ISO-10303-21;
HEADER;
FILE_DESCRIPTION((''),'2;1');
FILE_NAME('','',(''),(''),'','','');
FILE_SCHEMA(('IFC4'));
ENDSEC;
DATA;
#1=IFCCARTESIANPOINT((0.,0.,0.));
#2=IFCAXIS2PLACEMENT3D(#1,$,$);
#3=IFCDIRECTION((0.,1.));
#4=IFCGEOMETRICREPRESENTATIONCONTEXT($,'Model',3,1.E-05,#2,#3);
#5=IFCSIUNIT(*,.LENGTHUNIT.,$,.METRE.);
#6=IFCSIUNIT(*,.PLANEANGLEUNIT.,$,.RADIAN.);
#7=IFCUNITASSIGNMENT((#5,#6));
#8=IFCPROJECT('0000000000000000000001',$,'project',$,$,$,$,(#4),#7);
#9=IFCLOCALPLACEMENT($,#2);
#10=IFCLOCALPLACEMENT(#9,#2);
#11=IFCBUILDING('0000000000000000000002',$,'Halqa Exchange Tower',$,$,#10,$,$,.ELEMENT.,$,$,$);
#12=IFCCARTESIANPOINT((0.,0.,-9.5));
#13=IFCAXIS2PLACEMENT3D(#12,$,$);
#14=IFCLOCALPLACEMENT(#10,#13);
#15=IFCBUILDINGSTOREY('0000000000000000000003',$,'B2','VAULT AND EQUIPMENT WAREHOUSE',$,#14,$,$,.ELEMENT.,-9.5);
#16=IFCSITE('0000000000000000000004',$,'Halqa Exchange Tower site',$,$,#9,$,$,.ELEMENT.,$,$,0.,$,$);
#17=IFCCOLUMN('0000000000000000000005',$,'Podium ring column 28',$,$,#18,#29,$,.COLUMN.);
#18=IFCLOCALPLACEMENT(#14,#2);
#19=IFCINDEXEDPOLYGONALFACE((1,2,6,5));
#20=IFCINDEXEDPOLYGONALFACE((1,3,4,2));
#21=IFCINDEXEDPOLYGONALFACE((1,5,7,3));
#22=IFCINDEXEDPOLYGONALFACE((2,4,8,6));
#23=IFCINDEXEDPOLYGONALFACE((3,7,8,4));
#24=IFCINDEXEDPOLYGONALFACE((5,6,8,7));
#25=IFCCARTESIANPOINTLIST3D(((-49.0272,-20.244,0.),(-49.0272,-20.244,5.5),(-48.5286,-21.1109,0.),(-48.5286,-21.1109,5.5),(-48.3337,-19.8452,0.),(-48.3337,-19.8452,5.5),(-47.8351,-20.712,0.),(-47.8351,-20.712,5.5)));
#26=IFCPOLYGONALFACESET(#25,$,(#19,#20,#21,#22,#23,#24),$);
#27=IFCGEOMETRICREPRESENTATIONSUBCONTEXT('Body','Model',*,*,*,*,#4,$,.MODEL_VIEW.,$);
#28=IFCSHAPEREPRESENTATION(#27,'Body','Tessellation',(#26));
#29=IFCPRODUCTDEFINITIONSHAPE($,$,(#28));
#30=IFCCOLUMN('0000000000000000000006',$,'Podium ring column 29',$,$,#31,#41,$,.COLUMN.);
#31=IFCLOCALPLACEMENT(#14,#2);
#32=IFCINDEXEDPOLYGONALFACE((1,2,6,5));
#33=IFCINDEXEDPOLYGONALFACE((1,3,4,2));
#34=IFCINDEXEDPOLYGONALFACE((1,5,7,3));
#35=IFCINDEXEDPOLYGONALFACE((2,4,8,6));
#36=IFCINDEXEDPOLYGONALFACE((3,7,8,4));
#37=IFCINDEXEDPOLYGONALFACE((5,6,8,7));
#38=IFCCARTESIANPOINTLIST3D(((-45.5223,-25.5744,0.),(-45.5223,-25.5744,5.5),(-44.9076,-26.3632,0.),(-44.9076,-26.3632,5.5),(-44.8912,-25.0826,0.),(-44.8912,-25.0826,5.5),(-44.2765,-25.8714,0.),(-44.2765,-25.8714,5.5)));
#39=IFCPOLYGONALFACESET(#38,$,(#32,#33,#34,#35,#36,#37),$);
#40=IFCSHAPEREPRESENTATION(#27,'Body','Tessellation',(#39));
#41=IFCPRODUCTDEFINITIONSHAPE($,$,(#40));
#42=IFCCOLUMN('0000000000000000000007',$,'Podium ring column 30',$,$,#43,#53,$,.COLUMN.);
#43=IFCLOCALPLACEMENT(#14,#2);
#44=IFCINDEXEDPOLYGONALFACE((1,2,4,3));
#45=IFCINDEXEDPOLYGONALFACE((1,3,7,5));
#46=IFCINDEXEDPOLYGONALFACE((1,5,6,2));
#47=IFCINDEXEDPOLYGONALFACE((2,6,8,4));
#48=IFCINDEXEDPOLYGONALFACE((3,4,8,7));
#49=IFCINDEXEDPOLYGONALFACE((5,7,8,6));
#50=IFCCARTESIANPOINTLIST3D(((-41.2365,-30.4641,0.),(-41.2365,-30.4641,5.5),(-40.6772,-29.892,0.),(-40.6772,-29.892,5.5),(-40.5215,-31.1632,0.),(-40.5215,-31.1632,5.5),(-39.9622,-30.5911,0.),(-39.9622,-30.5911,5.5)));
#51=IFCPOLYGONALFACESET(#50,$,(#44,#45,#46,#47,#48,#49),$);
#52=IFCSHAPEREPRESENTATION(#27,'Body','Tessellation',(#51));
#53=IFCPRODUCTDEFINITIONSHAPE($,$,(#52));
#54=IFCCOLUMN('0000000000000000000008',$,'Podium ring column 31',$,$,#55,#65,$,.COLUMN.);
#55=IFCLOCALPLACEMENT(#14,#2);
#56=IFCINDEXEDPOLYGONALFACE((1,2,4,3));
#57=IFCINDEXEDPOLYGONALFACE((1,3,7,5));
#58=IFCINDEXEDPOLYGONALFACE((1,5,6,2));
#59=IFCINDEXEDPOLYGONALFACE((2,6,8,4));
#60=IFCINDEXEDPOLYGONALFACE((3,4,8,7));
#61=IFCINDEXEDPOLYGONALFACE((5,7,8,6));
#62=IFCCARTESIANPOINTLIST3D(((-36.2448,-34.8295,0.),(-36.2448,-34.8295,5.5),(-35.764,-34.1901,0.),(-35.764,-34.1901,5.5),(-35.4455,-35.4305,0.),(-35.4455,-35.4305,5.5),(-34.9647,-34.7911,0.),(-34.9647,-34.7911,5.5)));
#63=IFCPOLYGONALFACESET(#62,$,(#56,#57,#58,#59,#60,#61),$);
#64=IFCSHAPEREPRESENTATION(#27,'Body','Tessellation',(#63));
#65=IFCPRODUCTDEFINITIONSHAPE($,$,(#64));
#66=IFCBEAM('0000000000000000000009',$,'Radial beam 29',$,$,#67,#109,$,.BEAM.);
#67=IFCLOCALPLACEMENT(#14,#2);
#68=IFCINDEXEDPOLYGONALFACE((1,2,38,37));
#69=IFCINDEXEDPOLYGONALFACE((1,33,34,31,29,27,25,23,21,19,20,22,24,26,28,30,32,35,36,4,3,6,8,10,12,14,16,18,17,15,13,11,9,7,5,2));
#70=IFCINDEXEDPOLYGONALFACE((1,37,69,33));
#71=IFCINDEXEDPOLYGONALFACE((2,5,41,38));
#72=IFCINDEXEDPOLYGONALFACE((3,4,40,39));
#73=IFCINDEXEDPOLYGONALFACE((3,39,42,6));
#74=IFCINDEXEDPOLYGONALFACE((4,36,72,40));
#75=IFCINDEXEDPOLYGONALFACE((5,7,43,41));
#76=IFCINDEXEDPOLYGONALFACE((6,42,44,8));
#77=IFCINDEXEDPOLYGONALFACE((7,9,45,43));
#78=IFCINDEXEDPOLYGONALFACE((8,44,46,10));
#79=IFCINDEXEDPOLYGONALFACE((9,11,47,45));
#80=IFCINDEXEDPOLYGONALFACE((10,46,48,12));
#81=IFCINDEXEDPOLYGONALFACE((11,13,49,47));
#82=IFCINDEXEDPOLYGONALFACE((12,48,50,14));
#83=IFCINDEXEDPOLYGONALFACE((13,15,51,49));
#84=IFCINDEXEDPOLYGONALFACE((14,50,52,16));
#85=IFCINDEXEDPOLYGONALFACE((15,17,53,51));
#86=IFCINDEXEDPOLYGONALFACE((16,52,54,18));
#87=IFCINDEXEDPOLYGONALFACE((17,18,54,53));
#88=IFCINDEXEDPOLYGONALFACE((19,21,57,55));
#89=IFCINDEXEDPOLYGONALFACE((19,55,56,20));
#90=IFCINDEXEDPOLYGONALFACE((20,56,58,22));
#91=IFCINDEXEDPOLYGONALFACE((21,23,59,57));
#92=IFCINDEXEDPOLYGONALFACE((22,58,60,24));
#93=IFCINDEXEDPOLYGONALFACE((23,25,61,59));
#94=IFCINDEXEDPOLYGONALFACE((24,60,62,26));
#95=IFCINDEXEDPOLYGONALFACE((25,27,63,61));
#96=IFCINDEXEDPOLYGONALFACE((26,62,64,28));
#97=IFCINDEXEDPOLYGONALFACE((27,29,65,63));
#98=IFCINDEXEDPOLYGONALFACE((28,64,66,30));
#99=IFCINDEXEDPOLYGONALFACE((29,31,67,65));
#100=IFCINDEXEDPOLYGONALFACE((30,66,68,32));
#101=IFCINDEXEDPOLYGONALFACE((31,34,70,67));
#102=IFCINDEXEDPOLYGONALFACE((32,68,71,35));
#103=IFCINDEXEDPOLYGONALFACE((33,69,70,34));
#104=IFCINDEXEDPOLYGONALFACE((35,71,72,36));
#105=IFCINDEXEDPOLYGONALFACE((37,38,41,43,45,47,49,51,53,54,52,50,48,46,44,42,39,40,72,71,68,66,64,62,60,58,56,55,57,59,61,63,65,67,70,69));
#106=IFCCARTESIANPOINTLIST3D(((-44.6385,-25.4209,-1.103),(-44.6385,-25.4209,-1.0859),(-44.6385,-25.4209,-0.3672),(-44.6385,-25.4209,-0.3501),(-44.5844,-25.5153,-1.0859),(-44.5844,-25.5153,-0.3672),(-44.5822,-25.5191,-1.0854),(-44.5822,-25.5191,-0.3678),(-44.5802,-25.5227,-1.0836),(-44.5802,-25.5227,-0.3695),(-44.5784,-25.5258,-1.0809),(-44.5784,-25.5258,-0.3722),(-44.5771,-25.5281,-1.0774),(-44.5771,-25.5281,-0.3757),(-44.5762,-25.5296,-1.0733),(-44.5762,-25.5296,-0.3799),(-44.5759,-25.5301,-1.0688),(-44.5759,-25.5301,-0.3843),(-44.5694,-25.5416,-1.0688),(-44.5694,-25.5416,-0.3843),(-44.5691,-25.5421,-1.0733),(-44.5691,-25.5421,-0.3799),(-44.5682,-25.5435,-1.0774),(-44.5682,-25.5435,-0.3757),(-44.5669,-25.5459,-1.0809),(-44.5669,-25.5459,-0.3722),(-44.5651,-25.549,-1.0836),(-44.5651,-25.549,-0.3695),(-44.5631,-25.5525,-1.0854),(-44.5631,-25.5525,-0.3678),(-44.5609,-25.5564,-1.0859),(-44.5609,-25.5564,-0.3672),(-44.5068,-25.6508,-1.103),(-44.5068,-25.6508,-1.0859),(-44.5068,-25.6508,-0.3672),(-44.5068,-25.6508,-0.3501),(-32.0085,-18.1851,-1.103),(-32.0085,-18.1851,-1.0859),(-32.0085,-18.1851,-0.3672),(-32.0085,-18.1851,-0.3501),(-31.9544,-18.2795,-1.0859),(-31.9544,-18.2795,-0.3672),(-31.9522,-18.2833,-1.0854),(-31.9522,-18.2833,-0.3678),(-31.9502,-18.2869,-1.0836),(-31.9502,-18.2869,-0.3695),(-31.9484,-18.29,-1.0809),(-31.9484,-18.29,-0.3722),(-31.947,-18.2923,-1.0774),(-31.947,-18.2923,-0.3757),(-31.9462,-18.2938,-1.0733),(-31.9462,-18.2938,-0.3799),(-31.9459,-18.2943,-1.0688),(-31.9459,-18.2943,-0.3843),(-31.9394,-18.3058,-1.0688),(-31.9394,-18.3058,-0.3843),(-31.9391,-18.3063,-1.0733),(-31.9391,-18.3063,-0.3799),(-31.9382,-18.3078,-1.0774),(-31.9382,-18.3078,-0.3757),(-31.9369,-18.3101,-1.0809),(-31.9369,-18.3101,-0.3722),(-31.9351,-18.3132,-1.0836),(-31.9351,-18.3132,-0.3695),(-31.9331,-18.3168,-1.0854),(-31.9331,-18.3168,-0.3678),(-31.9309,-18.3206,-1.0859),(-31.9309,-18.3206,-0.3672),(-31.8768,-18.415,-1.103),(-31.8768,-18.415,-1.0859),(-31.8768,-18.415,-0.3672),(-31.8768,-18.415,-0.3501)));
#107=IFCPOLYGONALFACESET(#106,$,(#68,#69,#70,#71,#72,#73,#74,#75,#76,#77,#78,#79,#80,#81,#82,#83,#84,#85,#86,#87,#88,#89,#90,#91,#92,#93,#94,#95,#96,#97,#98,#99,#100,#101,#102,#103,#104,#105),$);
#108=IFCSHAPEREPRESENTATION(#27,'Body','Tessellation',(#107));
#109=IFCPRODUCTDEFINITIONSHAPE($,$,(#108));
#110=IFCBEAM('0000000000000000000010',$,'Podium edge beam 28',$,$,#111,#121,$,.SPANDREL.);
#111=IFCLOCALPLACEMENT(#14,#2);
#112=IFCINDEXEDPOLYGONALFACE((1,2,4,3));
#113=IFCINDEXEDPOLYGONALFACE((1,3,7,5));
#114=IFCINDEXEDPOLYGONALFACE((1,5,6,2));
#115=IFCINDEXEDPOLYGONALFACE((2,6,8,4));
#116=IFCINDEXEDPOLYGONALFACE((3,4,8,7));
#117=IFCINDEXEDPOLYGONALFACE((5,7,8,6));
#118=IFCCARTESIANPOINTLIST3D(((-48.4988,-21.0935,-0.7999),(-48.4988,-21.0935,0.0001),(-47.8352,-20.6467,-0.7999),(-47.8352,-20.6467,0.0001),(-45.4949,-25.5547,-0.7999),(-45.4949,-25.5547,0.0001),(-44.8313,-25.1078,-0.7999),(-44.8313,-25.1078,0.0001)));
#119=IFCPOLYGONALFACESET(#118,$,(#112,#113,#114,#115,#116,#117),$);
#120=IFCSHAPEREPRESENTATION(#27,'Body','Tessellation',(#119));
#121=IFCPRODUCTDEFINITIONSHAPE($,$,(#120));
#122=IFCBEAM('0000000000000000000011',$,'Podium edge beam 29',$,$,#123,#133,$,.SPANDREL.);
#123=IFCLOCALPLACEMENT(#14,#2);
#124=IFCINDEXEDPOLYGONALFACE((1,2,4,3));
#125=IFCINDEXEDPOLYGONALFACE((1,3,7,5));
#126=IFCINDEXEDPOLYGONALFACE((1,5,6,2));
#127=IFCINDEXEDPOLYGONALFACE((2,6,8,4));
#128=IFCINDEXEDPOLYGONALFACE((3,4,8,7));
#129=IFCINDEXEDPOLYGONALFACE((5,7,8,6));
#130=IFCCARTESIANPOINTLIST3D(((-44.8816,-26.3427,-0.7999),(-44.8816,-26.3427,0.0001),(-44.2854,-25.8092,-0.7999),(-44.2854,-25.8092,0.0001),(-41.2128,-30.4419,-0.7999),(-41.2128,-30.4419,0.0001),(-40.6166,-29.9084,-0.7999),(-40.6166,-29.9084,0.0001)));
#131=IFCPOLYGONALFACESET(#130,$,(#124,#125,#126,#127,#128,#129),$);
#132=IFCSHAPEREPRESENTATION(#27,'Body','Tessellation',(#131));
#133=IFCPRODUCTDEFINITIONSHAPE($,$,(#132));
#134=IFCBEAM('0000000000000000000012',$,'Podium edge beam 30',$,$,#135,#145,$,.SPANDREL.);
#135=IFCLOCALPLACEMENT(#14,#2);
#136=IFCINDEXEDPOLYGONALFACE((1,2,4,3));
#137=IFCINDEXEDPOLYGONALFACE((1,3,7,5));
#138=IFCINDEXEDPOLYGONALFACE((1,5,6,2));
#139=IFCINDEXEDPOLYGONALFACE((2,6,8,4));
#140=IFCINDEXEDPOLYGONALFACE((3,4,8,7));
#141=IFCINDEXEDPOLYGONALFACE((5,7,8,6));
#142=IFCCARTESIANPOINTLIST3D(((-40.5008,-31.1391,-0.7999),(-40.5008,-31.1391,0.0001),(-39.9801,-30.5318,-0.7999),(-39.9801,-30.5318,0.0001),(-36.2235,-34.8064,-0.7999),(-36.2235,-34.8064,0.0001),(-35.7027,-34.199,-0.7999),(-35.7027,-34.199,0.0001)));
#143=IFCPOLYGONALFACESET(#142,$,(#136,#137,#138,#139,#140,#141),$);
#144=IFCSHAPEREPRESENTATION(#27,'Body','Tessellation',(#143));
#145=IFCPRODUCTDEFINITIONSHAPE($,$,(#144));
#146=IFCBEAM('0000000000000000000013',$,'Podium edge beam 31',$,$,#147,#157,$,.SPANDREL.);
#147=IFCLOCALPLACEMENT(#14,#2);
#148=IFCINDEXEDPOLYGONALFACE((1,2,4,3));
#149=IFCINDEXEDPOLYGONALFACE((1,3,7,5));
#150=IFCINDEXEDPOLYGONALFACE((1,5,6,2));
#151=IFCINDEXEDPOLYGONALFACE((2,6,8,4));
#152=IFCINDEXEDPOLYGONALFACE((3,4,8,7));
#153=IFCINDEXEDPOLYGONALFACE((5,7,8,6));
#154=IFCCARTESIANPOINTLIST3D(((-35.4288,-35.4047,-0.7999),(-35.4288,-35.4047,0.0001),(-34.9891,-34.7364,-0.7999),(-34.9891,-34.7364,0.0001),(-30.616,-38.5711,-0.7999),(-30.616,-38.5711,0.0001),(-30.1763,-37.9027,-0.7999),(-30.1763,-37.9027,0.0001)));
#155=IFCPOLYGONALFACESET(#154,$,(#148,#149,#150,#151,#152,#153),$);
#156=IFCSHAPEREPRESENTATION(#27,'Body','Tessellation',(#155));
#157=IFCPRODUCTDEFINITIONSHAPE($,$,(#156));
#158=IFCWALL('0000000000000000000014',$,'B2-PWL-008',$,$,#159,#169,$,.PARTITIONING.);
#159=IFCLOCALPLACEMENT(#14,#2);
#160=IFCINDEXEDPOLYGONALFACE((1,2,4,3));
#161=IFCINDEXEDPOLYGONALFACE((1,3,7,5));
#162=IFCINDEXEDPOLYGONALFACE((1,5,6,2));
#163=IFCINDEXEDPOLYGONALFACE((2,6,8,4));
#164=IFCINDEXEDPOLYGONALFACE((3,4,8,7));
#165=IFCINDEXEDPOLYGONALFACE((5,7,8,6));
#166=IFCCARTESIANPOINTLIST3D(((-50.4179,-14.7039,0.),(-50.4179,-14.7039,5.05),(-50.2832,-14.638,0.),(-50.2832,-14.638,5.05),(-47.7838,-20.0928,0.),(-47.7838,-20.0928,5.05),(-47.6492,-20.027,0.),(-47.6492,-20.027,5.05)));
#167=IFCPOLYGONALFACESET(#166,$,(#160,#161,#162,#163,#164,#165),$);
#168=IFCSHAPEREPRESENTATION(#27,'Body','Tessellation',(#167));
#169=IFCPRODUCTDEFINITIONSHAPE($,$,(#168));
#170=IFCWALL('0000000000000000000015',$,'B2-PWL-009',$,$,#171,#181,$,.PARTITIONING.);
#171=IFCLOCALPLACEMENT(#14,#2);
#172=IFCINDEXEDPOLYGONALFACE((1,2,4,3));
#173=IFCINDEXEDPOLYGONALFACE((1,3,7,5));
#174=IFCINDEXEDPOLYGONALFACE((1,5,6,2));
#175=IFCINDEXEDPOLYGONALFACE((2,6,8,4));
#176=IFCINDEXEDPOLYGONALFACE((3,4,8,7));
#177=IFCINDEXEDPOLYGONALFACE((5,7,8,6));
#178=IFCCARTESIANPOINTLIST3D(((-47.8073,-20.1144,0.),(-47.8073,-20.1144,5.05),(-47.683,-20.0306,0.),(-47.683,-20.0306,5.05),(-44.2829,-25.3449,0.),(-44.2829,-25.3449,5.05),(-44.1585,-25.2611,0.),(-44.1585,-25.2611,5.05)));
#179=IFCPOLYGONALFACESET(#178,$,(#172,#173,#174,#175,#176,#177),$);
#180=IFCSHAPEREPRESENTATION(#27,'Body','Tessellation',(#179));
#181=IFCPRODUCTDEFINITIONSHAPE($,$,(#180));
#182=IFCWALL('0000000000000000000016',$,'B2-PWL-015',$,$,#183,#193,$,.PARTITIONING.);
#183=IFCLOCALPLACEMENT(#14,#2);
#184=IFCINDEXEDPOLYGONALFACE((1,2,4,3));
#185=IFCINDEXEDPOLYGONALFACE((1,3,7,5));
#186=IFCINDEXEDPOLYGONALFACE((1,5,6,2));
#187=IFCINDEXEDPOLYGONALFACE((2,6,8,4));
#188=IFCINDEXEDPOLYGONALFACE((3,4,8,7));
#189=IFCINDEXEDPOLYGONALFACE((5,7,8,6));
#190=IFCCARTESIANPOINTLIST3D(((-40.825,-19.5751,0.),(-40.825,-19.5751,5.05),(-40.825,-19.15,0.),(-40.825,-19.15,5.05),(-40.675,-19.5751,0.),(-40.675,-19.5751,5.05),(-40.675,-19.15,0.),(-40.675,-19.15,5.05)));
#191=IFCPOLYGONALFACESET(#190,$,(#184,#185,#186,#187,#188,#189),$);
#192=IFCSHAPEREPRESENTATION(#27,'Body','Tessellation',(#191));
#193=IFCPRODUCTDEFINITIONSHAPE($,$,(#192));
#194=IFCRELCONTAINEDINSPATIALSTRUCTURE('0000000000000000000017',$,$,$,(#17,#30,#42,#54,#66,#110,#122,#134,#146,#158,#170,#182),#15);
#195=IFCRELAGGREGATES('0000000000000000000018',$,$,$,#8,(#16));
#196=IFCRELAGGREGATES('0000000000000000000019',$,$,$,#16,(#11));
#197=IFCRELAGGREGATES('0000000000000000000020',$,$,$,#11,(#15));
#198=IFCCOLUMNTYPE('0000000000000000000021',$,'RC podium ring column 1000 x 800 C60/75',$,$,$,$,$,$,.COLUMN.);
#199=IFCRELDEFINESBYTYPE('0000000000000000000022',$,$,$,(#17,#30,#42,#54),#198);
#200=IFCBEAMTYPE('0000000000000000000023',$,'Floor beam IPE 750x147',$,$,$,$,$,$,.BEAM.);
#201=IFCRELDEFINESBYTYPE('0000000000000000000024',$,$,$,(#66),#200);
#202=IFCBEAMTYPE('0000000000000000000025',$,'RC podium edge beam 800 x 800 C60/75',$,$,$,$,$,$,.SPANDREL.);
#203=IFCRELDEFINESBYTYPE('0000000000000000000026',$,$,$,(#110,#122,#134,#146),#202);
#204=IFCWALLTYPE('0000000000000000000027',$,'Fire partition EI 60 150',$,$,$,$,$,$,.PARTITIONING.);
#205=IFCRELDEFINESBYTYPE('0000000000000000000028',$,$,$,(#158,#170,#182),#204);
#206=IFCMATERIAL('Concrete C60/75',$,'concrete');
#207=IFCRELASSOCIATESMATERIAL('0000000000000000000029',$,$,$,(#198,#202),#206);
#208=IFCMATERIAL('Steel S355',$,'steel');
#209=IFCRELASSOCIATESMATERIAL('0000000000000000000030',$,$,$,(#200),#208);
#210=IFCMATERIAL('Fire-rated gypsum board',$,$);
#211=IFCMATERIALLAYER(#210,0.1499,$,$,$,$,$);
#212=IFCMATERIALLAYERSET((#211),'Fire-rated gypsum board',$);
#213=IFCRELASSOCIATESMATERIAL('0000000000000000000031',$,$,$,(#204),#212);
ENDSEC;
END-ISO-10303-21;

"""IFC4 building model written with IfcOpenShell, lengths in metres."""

from ifc_helpers import new_model, si_unit, direction, frame, frame_2d, origin, origin_2d, place, context, subcontext, project, spatial, rectangle, i_section, extrude, material, layer, layer_set, material_profile, profile_set, type_object, element, save


model = new_model("IFC4")

# Units and contexts
model_context = context("Model", 3, precision=1e-05, world=origin(), true_north=direction((0.0, 1.0)))
body_context = subcontext(model_context, "Body", "Model", "MODEL_VIEW")
ifc_project = project(units=[si_unit("LENGTHUNIT", "METRE"), si_unit("PLANEANGLEUNIT", "RADIAN")], contexts=[model_context])

# Site, building, storey
site_placement = place(None, origin())
site = spatial("IfcSite", under=ifc_project, at=site_placement, Name="Halqa Exchange Tower site", CompositionType="ELEMENT", RefElevation=0.0)
building_placement = place(site_placement, origin())
building = spatial("IfcBuilding", under=site, at=building_placement, Name="Halqa Exchange Tower", CompositionType="ELEMENT")
storey_placement = place(building_placement, frame((0.0, 0.0, -9.5)))
storey = spatial("IfcBuildingStorey", under=building, at=storey_placement, Name="B2", Description="VAULT AND EQUIPMENT WAREHOUSE", CompositionType="ELEMENT", Elevation=-9.5)

# Columns
ifc_material_1 = material(Name="Concrete C60/75", Category="concrete")
ifc_material_profile_1 = material_profile(ifc_material_1, rectangle(XDim=1.0, YDim=0.8, at=origin_2d()), Name="1000 x 800")
ifc_profile_set_1 = profile_set([ifc_material_profile_1], Name="Concrete C60/75")
column_type = type_object("IfcColumnType", Name="RC podium ring column 1000 x 800 C60/75", PredefinedType="COLUMN", material=ifc_profile_set_1)
for number, where, z_axis, x_axis, name in (
    (1, (-48.4312, -20.478, 0.0), (0.0, 0.0, 1.0), (0.498569, -0.86685, 0.0), "Podium ring column 28"),
    (2, (-44.8994, -25.7229, 0.0), (0.0, 0.0, 1.0), (0.614691, -0.788768, 0.0), "Podium ring column 29"),
    (3, (-40.5994, -30.5276, 0.0), (0.0, 0.0, 1.0), (0.715039, -0.699085, 0.0), "Podium ring column 30"),
    (4, (-35.6047, -34.8103, 0.0), (0.0, 0.0, 1.0), (0.79926, -0.600985, 0.0), "Podium ring column 31"),
):
    element("IfcColumn", number, at=place(storey_placement, frame(where, z_axis=z_axis, x_axis=x_axis)), inside=storey, type_object=column_type, Name=name, PredefinedType="COLUMN", context=body_context, shape_type="SweptSolid", body=[
        extrude(rectangle(XDim=1.0, YDim=0.8, at=origin_2d()), origin(), (0.0, 0.0, 1.0), 5.5),
    ])

# Beams
ifc_material_2 = material(Name="Steel S355", Category="steel")
ifc_material_profile_2 = material_profile(ifc_material_2, i_section(OverallWidth=0.2649, OverallDepth=0.7529, WebThickness=0.0132, FlangeThickness=0.0171, FilletRadius=0.0171, at=origin_2d()), Name="IPE 750x147")
ifc_profile_set_2 = profile_set([ifc_material_profile_2], Name="Steel S355")
beam_type_1 = type_object("IfcBeamType", Name="Floor beam IPE 750x147", PredefinedType="BEAM", material=ifc_profile_set_2)
beam_1_placement = place(storey_placement, frame((-31.9426, -18.3, -0.7266), z_axis=(-0.867691, -0.497103, 0.0), x_axis=(0.497103, -0.867691, 0.0)))
element("IfcBeam", 5, at=beam_1_placement, inside=storey, type_object=beam_type_1, Name="Radial beam 29", PredefinedType="BEAM", context=body_context, shape_type="SweptSolid", body=[
    extrude(i_section(OverallWidth=0.2649, OverallDepth=0.7529, WebThickness=0.0132, FlangeThickness=0.0171, FilletRadius=0.0171, at=origin_2d()), origin(), (0.0, 0.0, 1.0), 14.5559),
])
ifc_material_profile_3 = material_profile(ifc_material_1, rectangle(XDim=0.8, YDim=0.8, at=origin_2d()), Name="800 x 800")
ifc_profile_set_3 = profile_set([ifc_material_profile_3], Name="Concrete C60/75")
beam_type_2 = type_object("IfcBeamType", Name="RC podium edge beam 800 x 800 C60/75", PredefinedType="SPANDREL", material=ifc_profile_set_3)
beam_2_placement = place(storey_placement, frame((-48.167, -20.8701, -0.3999), z_axis=(0.558528, -0.829485, 0.0), x_axis=(0.829485, 0.558528, 0.0)))
element("IfcBeam", 6, at=beam_2_placement, inside=storey, type_object=beam_type_2, Name="Podium edge beam 28", PredefinedType="SPANDREL", context=body_context, shape_type="SweptSolid", body=[
    extrude(rectangle(XDim=0.8, YDim=0.8, at=origin_2d()), origin(), (0.0, 0.0, 1.0), 5.3782),
])
beam_3_placement = place(storey_placement, frame((-44.5835, -26.0759, -0.3999), z_axis=(0.666903, -0.745145, 0.0), x_axis=(0.745145, 0.666903, 0.0)))
element("IfcBeam", 7, at=beam_3_placement, inside=storey, type_object=beam_type_2, Name="Podium edge beam 29", PredefinedType="SPANDREL", context=body_context, shape_type="SweptSolid", body=[
    extrude(rectangle(XDim=0.8, YDim=0.8, at=origin_2d()), origin(), (0.0, 0.0, 1.0), 5.5012),
])
beam_4_placement = place(storey_placement, frame((-40.2405, -30.8354, -0.3999), z_axis=(0.759174, -0.650888, 0.0), x_axis=(0.650888, 0.759174, 0.0)))
element("IfcBeam", 8, at=beam_4_placement, inside=storey, type_object=beam_type_2, Name="Podium edge beam 30", PredefinedType="SPANDREL", context=body_context, shape_type="SweptSolid", body=[
    extrude(rectangle(XDim=0.8, YDim=0.8, at=origin_2d()), origin(), (0.0, 0.0, 1.0), 5.6343),
])
beam_5_placement = place(storey_placement, frame((-35.209, -35.0706, -0.3999), z_axis=(0.835419, -0.549614, 0.0), x_axis=(0.549614, 0.835419, 0.0)))
element("IfcBeam", 9, at=beam_5_placement, inside=storey, type_object=beam_type_2, Name="Podium edge beam 31", PredefinedType="SPANDREL", context=body_context, shape_type="SweptSolid", body=[
    extrude(rectangle(XDim=0.8, YDim=0.8, at=origin_2d()), origin(), (0.0, 0.0, 1.0), 5.761),
])

# Walls
ifc_material_3 = material(Name="Fire-rated gypsum board")
ifc_layer_1 = layer(ifc_material_3, 0.1499)
ifc_layer_set_1 = layer_set([ifc_layer_1], Name="Fire-rated gypsum board")
wall_type_1 = type_object("IfcWallType", Name="Fire partition EI 60 150", PredefinedType="PARTITIONING", material=ifc_layer_set_1)
wall_1_placement = place(storey_placement, frame((-47.7166, -20.0598, 0.0), z_axis=(0.0, 0.0, 1.0), x_axis=(-0.439136, 0.89842, 0.0)))
element("IfcWall", 10, at=wall_1_placement, inside=storey, type_object=wall_type_1, Name="B2-PWL-008", PredefinedType="PARTITIONING", context=body_context, shape_type="SweptSolid", body=[
    extrude(rectangle(XDim=5.9983, YDim=0.1499, at=frame_2d((2.999, 0.0))), origin(), (0.0, 0.0, 1.0), 5.05),
])
wall_2_placement = place(storey_placement, frame((-44.2207, -25.303, 0.0), z_axis=(0.0, 0.0, 1.0), x_axis=(-0.558803, 0.829301, 0.0)))
element("IfcWall", 11, at=wall_2_placement, inside=storey, type_object=wall_type_1, Name="B2-PWL-009", PredefinedType="PARTITIONING", context=body_context, shape_type="SweptSolid", body=[
    extrude(rectangle(XDim=6.3071, YDim=0.1499, at=frame_2d((3.1536, 0.0))), origin(), (0.0, 0.0, 1.0), 5.05),
])
wall_3_placement = place(storey_placement, frame((-40.75, -19.575, 0.0), z_axis=(0.0, 0.0, 1.0), x_axis=(0.0, 1.0, 0.0)))
element("IfcWall", 12, at=wall_3_placement, inside=storey, type_object=wall_type_1, Name="B2-PWL-015", PredefinedType="PARTITIONING", context=body_context, shape_type="SweptSolid", body=[
    extrude(rectangle(XDim=0.425, YDim=0.1499, at=frame_2d((0.2124, 0.0))), origin(), (0.0, 0.0, 1.0), 5.05),
])

save(model, "model.ifc")
